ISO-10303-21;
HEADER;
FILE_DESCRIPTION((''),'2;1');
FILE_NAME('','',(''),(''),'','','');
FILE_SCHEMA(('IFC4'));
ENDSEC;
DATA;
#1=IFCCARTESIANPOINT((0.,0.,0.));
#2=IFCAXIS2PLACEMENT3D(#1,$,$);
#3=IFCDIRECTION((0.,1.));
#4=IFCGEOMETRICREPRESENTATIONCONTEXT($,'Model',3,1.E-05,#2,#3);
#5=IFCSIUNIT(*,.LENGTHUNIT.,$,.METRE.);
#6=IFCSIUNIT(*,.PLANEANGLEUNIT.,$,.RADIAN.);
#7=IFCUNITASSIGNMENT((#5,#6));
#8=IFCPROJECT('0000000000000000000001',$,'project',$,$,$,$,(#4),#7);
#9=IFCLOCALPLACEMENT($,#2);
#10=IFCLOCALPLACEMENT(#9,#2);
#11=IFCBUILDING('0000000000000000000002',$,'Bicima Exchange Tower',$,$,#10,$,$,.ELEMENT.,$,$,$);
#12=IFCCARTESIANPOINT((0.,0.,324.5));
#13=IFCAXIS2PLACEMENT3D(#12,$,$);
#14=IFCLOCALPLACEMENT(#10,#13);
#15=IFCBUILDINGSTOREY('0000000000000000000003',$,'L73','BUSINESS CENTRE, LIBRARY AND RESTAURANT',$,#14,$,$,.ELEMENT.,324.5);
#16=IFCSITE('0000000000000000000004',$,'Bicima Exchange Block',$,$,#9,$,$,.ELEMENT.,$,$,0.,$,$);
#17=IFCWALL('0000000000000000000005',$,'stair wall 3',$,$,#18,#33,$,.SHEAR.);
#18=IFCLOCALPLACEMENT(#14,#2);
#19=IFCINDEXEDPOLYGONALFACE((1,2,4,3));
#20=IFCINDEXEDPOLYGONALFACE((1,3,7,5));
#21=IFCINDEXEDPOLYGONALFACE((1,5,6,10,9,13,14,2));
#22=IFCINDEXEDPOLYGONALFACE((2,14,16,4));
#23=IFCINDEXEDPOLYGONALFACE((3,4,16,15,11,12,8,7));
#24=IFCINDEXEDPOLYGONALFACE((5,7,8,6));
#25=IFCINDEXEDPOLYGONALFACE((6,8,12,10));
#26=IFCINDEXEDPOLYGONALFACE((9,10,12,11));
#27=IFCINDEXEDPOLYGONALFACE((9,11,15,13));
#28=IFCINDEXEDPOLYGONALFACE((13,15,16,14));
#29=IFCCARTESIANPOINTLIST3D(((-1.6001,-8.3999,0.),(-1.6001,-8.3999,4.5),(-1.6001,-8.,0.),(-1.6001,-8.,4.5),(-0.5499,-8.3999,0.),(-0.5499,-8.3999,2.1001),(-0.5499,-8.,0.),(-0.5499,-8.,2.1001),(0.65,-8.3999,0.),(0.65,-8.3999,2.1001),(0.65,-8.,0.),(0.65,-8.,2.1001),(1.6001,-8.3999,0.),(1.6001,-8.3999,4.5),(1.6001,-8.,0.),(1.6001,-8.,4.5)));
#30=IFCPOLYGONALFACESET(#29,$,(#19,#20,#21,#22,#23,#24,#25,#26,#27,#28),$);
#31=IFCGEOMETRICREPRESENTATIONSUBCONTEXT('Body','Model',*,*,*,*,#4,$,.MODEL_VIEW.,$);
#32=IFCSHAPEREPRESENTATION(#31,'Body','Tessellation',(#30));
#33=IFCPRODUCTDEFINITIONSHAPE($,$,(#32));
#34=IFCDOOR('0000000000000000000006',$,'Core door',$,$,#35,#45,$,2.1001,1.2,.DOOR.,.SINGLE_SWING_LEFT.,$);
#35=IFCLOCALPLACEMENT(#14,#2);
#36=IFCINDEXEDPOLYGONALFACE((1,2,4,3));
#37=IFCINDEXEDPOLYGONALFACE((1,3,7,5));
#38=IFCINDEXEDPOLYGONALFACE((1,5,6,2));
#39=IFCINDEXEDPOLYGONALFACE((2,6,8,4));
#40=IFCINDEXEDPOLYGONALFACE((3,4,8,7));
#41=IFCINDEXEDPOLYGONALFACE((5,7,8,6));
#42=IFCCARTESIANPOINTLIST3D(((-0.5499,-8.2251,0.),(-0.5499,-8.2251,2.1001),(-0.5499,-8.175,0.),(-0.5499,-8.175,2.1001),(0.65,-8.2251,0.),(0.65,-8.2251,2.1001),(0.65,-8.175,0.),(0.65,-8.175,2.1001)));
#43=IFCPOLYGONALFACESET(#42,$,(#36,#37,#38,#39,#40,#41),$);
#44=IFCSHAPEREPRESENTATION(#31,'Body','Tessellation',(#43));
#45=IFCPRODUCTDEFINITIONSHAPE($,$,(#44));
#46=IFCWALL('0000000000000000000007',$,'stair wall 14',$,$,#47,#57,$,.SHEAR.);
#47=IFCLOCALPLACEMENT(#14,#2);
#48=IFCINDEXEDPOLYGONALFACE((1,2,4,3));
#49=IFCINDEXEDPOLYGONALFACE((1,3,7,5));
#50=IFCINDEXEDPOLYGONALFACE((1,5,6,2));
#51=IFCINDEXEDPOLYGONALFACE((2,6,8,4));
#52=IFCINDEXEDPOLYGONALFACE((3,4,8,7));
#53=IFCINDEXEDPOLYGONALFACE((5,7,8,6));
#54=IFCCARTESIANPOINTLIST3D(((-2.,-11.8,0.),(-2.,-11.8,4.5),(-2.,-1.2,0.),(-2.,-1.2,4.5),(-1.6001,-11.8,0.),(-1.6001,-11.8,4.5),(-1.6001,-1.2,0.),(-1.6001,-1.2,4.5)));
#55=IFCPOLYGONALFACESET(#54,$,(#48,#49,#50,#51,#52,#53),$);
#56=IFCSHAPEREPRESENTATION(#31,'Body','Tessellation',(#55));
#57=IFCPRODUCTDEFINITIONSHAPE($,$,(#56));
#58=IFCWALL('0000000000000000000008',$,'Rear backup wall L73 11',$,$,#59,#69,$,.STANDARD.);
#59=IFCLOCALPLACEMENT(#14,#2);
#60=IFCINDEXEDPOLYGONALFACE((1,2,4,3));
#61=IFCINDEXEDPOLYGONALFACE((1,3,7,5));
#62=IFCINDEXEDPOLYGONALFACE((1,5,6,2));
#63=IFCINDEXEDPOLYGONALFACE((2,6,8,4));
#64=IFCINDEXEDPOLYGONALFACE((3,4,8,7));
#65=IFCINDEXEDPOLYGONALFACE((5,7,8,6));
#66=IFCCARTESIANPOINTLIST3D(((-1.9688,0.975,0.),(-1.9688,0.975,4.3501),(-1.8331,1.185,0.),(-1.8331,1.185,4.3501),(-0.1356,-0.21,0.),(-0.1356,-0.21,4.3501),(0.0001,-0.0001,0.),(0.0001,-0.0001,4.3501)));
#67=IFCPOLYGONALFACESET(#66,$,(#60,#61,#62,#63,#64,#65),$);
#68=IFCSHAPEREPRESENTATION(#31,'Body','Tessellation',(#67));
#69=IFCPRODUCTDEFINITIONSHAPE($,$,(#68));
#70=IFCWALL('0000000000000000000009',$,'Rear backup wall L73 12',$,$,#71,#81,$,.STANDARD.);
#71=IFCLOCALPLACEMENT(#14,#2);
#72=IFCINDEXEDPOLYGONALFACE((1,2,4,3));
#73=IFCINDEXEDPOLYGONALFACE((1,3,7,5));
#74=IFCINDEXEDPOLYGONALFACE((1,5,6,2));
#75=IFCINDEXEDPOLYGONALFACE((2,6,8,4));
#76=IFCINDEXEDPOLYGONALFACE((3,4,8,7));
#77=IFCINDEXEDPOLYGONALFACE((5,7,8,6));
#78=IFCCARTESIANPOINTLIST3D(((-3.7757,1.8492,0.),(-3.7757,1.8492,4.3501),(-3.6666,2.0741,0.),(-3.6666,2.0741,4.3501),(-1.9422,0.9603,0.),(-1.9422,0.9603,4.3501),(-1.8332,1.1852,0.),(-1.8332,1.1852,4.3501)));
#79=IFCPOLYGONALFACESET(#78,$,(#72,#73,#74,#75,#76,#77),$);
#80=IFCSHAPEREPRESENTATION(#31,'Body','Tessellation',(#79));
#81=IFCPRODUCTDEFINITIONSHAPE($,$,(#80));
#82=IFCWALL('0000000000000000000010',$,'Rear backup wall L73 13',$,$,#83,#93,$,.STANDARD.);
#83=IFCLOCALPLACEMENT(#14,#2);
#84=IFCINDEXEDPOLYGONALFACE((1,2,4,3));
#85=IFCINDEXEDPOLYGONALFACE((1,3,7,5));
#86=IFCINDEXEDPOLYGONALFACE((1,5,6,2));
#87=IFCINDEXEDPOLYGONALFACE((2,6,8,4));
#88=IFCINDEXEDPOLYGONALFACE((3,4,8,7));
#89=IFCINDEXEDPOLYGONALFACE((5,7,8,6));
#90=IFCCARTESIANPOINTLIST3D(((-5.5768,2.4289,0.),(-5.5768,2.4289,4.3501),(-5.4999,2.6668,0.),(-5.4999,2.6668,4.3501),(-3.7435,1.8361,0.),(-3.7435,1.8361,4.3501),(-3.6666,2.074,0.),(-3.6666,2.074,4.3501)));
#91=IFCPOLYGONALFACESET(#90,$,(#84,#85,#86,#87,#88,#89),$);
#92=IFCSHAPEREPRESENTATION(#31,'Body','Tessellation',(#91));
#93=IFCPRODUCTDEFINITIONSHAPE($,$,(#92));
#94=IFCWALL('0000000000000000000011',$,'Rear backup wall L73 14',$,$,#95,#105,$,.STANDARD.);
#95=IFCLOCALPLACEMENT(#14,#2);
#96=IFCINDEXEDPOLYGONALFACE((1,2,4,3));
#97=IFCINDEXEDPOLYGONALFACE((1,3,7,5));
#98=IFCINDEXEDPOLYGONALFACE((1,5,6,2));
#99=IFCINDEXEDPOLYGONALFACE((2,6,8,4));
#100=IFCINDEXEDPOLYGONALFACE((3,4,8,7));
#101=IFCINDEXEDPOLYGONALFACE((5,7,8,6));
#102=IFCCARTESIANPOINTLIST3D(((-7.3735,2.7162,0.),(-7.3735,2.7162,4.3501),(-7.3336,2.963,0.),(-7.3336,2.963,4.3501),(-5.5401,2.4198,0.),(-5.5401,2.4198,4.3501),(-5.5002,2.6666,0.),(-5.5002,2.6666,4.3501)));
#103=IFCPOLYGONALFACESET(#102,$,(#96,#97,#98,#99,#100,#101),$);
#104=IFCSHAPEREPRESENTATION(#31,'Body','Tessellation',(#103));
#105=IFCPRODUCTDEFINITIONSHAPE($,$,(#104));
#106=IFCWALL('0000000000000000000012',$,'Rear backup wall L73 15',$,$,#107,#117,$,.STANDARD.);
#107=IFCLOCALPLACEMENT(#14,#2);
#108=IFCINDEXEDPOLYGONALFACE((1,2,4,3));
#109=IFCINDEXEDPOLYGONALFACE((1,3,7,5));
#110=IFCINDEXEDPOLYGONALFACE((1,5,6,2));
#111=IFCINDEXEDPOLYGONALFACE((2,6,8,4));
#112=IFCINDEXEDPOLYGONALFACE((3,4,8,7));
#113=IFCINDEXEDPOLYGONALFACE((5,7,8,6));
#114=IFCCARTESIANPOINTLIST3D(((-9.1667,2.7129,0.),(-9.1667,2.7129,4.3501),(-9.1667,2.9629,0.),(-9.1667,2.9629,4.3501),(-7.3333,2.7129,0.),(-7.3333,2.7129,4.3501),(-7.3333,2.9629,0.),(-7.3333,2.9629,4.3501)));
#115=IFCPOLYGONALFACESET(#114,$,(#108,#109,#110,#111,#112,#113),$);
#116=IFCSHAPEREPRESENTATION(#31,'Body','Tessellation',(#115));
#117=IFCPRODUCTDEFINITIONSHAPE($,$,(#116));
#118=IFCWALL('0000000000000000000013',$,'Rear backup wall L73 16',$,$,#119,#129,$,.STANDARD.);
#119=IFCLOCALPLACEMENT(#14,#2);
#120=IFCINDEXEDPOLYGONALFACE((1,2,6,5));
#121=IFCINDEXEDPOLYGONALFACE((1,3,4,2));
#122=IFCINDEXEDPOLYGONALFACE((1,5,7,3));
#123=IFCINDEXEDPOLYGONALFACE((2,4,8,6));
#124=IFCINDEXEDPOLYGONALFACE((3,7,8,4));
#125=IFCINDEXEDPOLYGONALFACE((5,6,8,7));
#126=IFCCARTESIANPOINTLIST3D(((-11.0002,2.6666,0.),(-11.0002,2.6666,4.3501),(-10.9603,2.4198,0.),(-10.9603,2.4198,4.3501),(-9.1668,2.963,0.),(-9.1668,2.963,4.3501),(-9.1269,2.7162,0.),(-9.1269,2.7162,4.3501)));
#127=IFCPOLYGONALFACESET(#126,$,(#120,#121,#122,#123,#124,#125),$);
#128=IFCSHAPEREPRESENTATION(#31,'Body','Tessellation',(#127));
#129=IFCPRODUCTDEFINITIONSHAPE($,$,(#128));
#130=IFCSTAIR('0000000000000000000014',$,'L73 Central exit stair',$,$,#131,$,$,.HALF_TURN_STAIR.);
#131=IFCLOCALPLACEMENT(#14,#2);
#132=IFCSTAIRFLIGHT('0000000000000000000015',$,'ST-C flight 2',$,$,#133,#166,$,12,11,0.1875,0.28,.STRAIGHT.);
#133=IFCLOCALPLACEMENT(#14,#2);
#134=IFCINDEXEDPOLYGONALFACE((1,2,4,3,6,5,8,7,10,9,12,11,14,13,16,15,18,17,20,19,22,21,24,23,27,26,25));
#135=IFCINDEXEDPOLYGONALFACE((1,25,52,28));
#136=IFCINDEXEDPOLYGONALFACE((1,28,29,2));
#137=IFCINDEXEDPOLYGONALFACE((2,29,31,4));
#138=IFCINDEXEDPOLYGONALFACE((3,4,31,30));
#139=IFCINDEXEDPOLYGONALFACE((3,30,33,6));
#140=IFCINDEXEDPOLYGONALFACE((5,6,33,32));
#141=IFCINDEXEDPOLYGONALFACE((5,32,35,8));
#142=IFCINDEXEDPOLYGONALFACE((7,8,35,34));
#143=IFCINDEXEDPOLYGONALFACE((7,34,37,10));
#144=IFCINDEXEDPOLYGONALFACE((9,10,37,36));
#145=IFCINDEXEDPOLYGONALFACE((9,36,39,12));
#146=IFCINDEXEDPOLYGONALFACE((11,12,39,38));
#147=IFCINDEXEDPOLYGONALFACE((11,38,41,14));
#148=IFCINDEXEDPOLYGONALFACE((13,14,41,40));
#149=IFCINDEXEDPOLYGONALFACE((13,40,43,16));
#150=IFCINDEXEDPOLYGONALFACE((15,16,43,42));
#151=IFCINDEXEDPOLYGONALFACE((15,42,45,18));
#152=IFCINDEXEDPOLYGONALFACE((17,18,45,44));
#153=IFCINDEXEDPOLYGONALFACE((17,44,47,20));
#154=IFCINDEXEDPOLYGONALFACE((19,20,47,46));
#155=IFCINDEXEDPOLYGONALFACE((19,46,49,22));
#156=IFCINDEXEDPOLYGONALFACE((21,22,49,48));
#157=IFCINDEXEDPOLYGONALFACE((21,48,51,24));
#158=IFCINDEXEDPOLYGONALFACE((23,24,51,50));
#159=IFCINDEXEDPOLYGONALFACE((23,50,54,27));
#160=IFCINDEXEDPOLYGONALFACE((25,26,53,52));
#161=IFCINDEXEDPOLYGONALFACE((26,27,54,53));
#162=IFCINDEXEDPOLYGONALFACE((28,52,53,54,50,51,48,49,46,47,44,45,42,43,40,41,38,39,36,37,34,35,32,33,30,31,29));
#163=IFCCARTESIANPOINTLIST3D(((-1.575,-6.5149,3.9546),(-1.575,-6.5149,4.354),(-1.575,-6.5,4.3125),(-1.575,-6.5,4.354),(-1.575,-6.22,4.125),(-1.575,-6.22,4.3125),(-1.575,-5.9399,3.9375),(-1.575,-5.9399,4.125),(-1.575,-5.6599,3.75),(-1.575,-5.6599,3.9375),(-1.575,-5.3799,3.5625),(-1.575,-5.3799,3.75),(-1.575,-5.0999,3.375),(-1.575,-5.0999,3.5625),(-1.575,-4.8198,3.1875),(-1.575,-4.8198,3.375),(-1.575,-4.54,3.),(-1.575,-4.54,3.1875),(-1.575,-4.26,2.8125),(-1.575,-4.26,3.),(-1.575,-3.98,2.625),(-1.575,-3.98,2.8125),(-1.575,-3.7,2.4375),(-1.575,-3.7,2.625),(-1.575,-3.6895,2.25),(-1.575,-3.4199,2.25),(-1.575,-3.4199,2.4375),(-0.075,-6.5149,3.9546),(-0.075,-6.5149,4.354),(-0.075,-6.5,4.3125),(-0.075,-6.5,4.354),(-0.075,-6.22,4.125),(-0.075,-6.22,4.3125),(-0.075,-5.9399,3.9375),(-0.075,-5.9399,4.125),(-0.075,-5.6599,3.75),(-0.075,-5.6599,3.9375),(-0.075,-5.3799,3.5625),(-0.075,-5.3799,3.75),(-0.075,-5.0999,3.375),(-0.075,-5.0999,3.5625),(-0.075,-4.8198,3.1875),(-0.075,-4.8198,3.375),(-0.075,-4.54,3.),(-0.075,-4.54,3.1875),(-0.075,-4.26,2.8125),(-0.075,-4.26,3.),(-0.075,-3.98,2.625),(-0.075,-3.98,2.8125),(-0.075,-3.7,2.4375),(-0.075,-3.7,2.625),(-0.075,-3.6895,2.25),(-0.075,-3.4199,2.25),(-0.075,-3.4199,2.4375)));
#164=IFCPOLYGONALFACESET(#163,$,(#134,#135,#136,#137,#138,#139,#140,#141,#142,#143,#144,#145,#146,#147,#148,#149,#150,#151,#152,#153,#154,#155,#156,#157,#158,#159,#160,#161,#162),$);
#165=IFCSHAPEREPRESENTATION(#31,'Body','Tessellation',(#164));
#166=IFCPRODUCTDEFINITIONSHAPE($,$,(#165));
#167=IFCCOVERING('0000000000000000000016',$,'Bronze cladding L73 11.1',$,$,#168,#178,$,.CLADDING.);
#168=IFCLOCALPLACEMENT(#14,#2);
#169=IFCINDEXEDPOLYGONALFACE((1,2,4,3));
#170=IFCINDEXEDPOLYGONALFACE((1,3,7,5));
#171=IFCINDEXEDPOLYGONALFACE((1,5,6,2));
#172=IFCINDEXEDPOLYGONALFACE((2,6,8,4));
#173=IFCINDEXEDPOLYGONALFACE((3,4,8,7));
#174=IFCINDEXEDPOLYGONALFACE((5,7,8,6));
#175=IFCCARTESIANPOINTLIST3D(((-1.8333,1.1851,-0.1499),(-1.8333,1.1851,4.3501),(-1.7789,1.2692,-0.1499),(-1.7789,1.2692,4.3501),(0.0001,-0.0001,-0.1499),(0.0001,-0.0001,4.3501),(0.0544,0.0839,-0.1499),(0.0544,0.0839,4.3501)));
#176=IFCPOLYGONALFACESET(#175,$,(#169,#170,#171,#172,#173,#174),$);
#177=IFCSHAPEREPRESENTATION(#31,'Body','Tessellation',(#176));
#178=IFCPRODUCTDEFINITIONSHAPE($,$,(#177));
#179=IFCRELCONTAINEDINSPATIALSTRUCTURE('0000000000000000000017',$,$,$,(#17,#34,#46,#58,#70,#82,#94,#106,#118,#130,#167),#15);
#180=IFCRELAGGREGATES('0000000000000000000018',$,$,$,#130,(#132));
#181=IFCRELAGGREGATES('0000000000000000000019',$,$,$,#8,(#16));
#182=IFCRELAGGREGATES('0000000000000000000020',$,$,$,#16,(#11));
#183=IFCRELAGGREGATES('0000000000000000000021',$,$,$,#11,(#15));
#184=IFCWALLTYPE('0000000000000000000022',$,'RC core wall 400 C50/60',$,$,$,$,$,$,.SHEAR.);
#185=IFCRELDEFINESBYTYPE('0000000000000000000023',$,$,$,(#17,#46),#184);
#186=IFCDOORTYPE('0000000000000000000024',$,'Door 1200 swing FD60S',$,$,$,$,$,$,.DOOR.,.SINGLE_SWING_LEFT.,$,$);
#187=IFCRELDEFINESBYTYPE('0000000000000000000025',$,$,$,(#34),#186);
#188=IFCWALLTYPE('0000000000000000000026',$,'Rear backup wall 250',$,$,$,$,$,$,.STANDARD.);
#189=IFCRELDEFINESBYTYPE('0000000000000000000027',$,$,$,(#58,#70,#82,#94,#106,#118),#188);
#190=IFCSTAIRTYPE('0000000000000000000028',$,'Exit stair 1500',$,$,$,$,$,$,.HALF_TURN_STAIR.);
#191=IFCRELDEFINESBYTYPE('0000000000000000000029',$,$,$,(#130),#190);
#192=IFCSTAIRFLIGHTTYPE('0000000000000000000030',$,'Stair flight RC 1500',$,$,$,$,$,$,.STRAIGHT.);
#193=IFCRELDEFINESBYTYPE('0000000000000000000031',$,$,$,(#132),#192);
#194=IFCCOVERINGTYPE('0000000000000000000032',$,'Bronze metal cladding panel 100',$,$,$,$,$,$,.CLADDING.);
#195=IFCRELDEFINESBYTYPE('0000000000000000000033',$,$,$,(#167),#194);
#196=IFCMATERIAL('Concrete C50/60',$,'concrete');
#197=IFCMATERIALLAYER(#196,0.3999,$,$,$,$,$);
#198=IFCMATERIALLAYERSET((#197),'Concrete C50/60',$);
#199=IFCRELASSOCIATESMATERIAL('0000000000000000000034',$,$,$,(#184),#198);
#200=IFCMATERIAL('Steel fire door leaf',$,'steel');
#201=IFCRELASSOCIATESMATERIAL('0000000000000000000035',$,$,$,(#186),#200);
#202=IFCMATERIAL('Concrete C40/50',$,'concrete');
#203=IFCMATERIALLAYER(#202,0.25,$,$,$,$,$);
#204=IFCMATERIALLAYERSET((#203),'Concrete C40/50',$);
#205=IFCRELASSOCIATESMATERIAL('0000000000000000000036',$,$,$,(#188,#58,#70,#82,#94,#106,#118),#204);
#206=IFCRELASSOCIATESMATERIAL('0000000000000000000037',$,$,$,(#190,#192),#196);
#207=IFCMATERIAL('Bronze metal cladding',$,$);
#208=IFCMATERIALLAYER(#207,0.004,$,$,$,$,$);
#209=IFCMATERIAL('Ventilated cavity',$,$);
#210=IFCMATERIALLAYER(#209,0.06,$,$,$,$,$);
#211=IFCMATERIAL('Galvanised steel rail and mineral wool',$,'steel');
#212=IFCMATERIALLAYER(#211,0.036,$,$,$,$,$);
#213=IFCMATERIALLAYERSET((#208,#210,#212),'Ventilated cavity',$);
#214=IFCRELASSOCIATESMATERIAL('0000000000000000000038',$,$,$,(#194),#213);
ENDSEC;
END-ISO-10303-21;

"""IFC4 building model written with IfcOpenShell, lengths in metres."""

from ifc_helpers import new_model, si_unit, direction, frame, frame_2d, origin, origin_2d, place, context, subcontext, project, spatial, polyline, rectangle, outline, extrude, material, layer, layer_set, layer_usage, type_object, element, fill, aggregate, save


model = new_model("IFC4")

# Units and contexts
model_context = context("Model", 3, precision=1e-05, world=origin(), true_north=direction((0.0, 1.0)))
body_context = subcontext(model_context, "Body", "Model", "MODEL_VIEW")
ifc_project = project(units=[si_unit("LENGTHUNIT", "METRE"), si_unit("PLANEANGLEUNIT", "RADIAN")], contexts=[model_context])

# Site, building, storey
site_placement = place(None, origin())
site = spatial("IfcSite", under=ifc_project, at=site_placement, Name="Bicima Exchange Block", CompositionType="ELEMENT", RefElevation=0.0)
building_placement = place(site_placement, origin())
building = spatial("IfcBuilding", under=site, at=building_placement, Name="Bicima Exchange Tower", CompositionType="ELEMENT")
storey_placement = place(building_placement, frame((0.0, 0.0, 324.5)))
storey = spatial("IfcBuildingStorey", under=building, at=storey_placement, Name="L73", Description="BUSINESS CENTRE, LIBRARY AND RESTAURANT", CompositionType="ELEMENT", Elevation=324.5)

# Wall, opening, door
ifc_material_1 = material(Name="Concrete C40/50", Category="concrete")
ifc_material_2 = material(Name="Steel fire door leaf", Category="steel")
ifc_material_3 = material(Name="Concrete C50/60", Category="concrete")
ifc_layer_1 = layer(ifc_material_3, 0.3999)
ifc_layer_set_1 = layer_set([ifc_layer_1], Name="Concrete C50/60")
wall_type_1 = type_object("IfcWallType", Name="RC core wall 400 C50/60", PredefinedType="SHEAR", material=ifc_layer_set_1)
wall_1_placement = place(storey_placement, frame((-1.6001, -8.2, 0.0), z_axis=(0.0, 0.0, 1.0), x_axis=(1.0, 0.0, 0.0)))
wall_1 = element("IfcWall", 1, at=wall_1_placement, inside=storey, type_object=wall_type_1, Name="stair wall 3", PredefinedType="SHEAR", context=body_context, shape_type="SweptSolid", body=[
    extrude(rectangle(XDim=3.2002, YDim=0.3999, at=frame_2d((1.6001, 0.0))), origin(), (0.0, 0.0, 1.0), 4.5),
])
opening_1_placement = place(wall_1_placement, frame((1.05, 0.0, 0.0)))
opening_1 = element("IfcOpeningElement", 2, at=opening_1_placement, cuts=wall_1, PredefinedType="OPENING", context=body_context, shape_type="SweptSolid", body=[
    extrude(rectangle(XDim=1.2, YDim=2.1001, at=frame_2d((0.6001, 1.05))), frame((0.0, 0.2119, 0.0), z_axis=(0.0, -1.0, 0.0), x_axis=(1.0, 0.0, 0.0)), (0.0, 0.0, 1.0), 0.4238),
])
door_type_1 = type_object("IfcDoorType", Name="Door 1200 swing FD60S", OperationType="SINGLE_SWING_LEFT", PredefinedType="DOOR", material=ifc_material_2)
door_1_placement = place(opening_1_placement, origin())
door_1 = element("IfcDoor", 3, at=door_1_placement, inside=storey, type_object=door_type_1, Name="Core door", OperationType="SINGLE_SWING_LEFT", OverallHeight=2.1001, OverallWidth=1.2, PredefinedType="DOOR", context=body_context, shape_type="SweptSolid", body=[
    extrude(rectangle(XDim=1.2, YDim=2.1001, at=frame_2d((0.6001, 1.05))), frame((0.0, 0.0249, 0.0), z_axis=(0.0, -1.0, 0.0), x_axis=(1.0, 0.0, 0.0)), (0.0, 0.0, 1.0), 0.05),
])
fill(opening_1, door_1)

# Walls
wall_2_placement = place(storey_placement, frame((-1.8, -11.8, 0.0), z_axis=(0.0, 0.0, 1.0), x_axis=(0.0, 1.0, 0.0)))
element("IfcWall", 4, at=wall_2_placement, inside=storey, type_object=wall_type_1, Name="stair wall 14", PredefinedType="SHEAR", context=body_context, shape_type="SweptSolid", body=[
    extrude(rectangle(XDim=10.6001, YDim=0.3999, at=frame_2d((5.3, 0.0))), origin(), (0.0, 0.0, 1.0), 4.5),
])
ifc_layer_2 = layer(ifc_material_1, 0.25)
ifc_layer_set_2 = layer_set([ifc_layer_2], Name="Concrete C40/50")
ifc_layer_usage = layer_usage(ifc_layer_set_2, "AXIS2", "POSITIVE", -0.125)
wall_type_2 = type_object("IfcWallType", Name="Rear backup wall 250", PredefinedType="STANDARD", material=ifc_layer_set_2)
wall_3_placement = place(storey_placement, frame((-0.0679, -0.105, 0.0), z_axis=(0.0, 0.0, 1.0), x_axis=(-0.839813, 0.542876, 0.0)))
element("IfcWall", 5, at=wall_3_placement, inside=storey, type_object=wall_type_2, material=ifc_layer_usage, Name="Rear backup wall L73 11", PredefinedType="STANDARD", context=body_context, shape_type="SweptSolid", body=[
    extrude(rectangle(XDim=2.1829, YDim=0.25, at=frame_2d((1.0913, 0.0))), origin(), (0.0, 0.0, 1.0), 4.3501),
])
wall_4_placement = place(storey_placement, frame((-1.8877, 1.0728, 0.0), z_axis=(0.0, 0.0, 1.0), x_axis=(-0.899824, 0.436253, 0.0)))
element("IfcWall", 6, at=wall_4_placement, inside=storey, type_object=wall_type_2, material=ifc_layer_usage, Name="Rear backup wall L73 12", PredefinedType="STANDARD", context=body_context, shape_type="SweptSolid", body=[
    extrude(rectangle(XDim=2.0376, YDim=0.25, at=frame_2d((1.0188, 0.0))), origin(), (0.0, 0.0, 1.0), 4.3501),
])
wall_5_placement = place(storey_placement, frame((-3.7051, 1.9551, 0.0), z_axis=(0.0, 0.0, 1.0), x_axis=(-0.951496, 0.307662, 0.0)))
element("IfcWall", 7, at=wall_5_placement, inside=storey, type_object=wall_type_2, material=ifc_layer_usage, Name="Rear backup wall L73 13", PredefinedType="STANDARD", context=body_context, shape_type="SweptSolid", body=[
    extrude(rectangle(XDim=1.9268, YDim=0.25, at=frame_2d((0.9634, 0.0))), origin(), (0.0, 0.0, 1.0), 4.3501),
])
wall_6_placement = place(storey_placement, frame((-5.52, 2.5432, 0.0), z_axis=(0.0, 0.0, 1.0), x_axis=(-0.987182, 0.1596, 0.0)))
element("IfcWall", 8, at=wall_6_placement, inside=storey, type_object=wall_type_2, material=ifc_layer_usage, Name="Rear backup wall L73 14", PredefinedType="STANDARD", context=body_context, shape_type="SweptSolid", body=[
    extrude(rectangle(XDim=1.8572, YDim=0.25, at=frame_2d((0.9287, 0.0))), origin(), (0.0, 0.0, 1.0), 4.3501),
])
wall_7_placement = place(storey_placement, frame((-7.3333, 2.8379, 0.0), z_axis=(0.0, 0.0, 1.0), x_axis=(-1.0, 0.0, 0.0)))
element("IfcWall", 9, at=wall_7_placement, inside=storey, type_object=wall_type_2, material=ifc_layer_usage, Name="Rear backup wall L73 15", PredefinedType="STANDARD", context=body_context, shape_type="SweptSolid", body=[
    extrude(rectangle(XDim=1.8335, YDim=0.25, at=frame_2d((0.9167, 0.0))), origin(), (0.0, 0.0, 1.0), 4.3501),
])
wall_8_placement = place(storey_placement, frame((-9.1467, 2.8396, 0.0), z_axis=(0.0, 0.0, 1.0), x_axis=(-0.987182, -0.1596, 0.0)))
element("IfcWall", 10, at=wall_8_placement, inside=storey, type_object=wall_type_2, material=ifc_layer_usage, Name="Rear backup wall L73 16", PredefinedType="STANDARD", context=body_context, shape_type="SweptSolid", body=[
    extrude(rectangle(XDim=1.8572, YDim=0.25, at=frame_2d((0.9287, 0.0))), origin(), (0.0, 0.0, 1.0), 4.3501),
])

# Stair, stair flight
stair_type = type_object("IfcStairType", Name="Exit stair 1500", PredefinedType="HALF_TURN_STAIR", material=ifc_material_3)
stair_placement = place(storey_placement, origin())
stair = element("IfcStair", 11, at=stair_placement, inside=storey, type_object=stair_type, Name="L73 Central exit stair", PredefinedType="HALF_TURN_STAIR")
stair_flight_type = type_object("IfcStairFlightType", Name="Stair flight RC 1500", PredefinedType="STRAIGHT", material=ifc_material_3)
stair_flight_placement = place(storey_placement, frame((-0.825, -3.4199, 2.25), z_axis=(0.0, 0.0, 1.0), x_axis=(0.0, -1.0, 0.0)))
stair_flight = element("IfcStairFlight", 12, at=stair_flight_placement, type_object=stair_flight_type, Name="ST-C flight 2", NumberOfRisers=12, NumberOfTreads=11, PredefinedType="STRAIGHT", RiserHeight=0.1875, TreadLength=0.28, context=body_context, shape_type="SweptSolid", body=[
    extrude(outline(polyline([(0.0, 0.0), (0.0, 0.1875), (0.28, 0.1875), (0.28, 0.375), (0.5601, 0.375), (0.5601, 0.5625), (0.8401, 0.5625), (0.8401, 0.75), (1.1201, 0.75), (1.1201, 0.9375), (1.3999, 0.9375), (1.3999, 1.125), (1.6799, 1.125), (1.6799, 1.3125), (1.96, 1.3125), (1.96, 1.5), (2.24, 1.5), (2.24, 1.6875), (2.52, 1.6875), (2.52, 1.875), (2.8, 1.875), (2.8, 2.0625), (3.0801, 2.0625), (3.0801, 2.104), (3.095, 2.104), (3.095, 1.7046), (0.2695, 0.0), (0.0, 0.0)])), frame((0.0, 0.75, 0.0), z_axis=(0.0, -1.0, 0.0), x_axis=(1.0, 0.0, 0.0)), (0.0, 0.0, 1.0), 1.5),
])
aggregate(stair, [stair_flight])

# Covering
ifc_material_4 = material(Name="Bronze metal cladding")
ifc_layer_3 = layer(ifc_material_4, 0.004)
ifc_material_5 = material(Name="Ventilated cavity")
ifc_layer_4 = layer(ifc_material_5, 0.06)
ifc_material_6 = material(Name="Galvanised steel rail and mineral wool", Category="steel")
ifc_layer_5 = layer(ifc_material_6, 0.036)
ifc_layer_set_3 = layer_set([ifc_layer_3, ifc_layer_4, ifc_layer_5], Name="Ventilated cavity")
covering_type = type_object("IfcCoveringType", Name="Bronze metal cladding panel 100", PredefinedType="CLADDING", material=ifc_layer_set_3)
covering_1_placement = place(storey_placement, frame((-0.8894, 0.6345, -0.1499), z_axis=(0.0, 0.0, 1.0), x_axis=(-0.83979, 0.542911, 0.0)))
element("IfcCovering", 13, at=covering_1_placement, inside=storey, type_object=covering_type, Name="Bronze cladding L73 11.1", PredefinedType="CLADDING", context=body_context, shape_type="SweptSolid", body=[
    extrude(rectangle(XDim=2.1831, YDim=0.1001, at=origin_2d()), origin(), (0.0, 0.0, 1.0), 4.5),
])

save(model, "model.ifc")
